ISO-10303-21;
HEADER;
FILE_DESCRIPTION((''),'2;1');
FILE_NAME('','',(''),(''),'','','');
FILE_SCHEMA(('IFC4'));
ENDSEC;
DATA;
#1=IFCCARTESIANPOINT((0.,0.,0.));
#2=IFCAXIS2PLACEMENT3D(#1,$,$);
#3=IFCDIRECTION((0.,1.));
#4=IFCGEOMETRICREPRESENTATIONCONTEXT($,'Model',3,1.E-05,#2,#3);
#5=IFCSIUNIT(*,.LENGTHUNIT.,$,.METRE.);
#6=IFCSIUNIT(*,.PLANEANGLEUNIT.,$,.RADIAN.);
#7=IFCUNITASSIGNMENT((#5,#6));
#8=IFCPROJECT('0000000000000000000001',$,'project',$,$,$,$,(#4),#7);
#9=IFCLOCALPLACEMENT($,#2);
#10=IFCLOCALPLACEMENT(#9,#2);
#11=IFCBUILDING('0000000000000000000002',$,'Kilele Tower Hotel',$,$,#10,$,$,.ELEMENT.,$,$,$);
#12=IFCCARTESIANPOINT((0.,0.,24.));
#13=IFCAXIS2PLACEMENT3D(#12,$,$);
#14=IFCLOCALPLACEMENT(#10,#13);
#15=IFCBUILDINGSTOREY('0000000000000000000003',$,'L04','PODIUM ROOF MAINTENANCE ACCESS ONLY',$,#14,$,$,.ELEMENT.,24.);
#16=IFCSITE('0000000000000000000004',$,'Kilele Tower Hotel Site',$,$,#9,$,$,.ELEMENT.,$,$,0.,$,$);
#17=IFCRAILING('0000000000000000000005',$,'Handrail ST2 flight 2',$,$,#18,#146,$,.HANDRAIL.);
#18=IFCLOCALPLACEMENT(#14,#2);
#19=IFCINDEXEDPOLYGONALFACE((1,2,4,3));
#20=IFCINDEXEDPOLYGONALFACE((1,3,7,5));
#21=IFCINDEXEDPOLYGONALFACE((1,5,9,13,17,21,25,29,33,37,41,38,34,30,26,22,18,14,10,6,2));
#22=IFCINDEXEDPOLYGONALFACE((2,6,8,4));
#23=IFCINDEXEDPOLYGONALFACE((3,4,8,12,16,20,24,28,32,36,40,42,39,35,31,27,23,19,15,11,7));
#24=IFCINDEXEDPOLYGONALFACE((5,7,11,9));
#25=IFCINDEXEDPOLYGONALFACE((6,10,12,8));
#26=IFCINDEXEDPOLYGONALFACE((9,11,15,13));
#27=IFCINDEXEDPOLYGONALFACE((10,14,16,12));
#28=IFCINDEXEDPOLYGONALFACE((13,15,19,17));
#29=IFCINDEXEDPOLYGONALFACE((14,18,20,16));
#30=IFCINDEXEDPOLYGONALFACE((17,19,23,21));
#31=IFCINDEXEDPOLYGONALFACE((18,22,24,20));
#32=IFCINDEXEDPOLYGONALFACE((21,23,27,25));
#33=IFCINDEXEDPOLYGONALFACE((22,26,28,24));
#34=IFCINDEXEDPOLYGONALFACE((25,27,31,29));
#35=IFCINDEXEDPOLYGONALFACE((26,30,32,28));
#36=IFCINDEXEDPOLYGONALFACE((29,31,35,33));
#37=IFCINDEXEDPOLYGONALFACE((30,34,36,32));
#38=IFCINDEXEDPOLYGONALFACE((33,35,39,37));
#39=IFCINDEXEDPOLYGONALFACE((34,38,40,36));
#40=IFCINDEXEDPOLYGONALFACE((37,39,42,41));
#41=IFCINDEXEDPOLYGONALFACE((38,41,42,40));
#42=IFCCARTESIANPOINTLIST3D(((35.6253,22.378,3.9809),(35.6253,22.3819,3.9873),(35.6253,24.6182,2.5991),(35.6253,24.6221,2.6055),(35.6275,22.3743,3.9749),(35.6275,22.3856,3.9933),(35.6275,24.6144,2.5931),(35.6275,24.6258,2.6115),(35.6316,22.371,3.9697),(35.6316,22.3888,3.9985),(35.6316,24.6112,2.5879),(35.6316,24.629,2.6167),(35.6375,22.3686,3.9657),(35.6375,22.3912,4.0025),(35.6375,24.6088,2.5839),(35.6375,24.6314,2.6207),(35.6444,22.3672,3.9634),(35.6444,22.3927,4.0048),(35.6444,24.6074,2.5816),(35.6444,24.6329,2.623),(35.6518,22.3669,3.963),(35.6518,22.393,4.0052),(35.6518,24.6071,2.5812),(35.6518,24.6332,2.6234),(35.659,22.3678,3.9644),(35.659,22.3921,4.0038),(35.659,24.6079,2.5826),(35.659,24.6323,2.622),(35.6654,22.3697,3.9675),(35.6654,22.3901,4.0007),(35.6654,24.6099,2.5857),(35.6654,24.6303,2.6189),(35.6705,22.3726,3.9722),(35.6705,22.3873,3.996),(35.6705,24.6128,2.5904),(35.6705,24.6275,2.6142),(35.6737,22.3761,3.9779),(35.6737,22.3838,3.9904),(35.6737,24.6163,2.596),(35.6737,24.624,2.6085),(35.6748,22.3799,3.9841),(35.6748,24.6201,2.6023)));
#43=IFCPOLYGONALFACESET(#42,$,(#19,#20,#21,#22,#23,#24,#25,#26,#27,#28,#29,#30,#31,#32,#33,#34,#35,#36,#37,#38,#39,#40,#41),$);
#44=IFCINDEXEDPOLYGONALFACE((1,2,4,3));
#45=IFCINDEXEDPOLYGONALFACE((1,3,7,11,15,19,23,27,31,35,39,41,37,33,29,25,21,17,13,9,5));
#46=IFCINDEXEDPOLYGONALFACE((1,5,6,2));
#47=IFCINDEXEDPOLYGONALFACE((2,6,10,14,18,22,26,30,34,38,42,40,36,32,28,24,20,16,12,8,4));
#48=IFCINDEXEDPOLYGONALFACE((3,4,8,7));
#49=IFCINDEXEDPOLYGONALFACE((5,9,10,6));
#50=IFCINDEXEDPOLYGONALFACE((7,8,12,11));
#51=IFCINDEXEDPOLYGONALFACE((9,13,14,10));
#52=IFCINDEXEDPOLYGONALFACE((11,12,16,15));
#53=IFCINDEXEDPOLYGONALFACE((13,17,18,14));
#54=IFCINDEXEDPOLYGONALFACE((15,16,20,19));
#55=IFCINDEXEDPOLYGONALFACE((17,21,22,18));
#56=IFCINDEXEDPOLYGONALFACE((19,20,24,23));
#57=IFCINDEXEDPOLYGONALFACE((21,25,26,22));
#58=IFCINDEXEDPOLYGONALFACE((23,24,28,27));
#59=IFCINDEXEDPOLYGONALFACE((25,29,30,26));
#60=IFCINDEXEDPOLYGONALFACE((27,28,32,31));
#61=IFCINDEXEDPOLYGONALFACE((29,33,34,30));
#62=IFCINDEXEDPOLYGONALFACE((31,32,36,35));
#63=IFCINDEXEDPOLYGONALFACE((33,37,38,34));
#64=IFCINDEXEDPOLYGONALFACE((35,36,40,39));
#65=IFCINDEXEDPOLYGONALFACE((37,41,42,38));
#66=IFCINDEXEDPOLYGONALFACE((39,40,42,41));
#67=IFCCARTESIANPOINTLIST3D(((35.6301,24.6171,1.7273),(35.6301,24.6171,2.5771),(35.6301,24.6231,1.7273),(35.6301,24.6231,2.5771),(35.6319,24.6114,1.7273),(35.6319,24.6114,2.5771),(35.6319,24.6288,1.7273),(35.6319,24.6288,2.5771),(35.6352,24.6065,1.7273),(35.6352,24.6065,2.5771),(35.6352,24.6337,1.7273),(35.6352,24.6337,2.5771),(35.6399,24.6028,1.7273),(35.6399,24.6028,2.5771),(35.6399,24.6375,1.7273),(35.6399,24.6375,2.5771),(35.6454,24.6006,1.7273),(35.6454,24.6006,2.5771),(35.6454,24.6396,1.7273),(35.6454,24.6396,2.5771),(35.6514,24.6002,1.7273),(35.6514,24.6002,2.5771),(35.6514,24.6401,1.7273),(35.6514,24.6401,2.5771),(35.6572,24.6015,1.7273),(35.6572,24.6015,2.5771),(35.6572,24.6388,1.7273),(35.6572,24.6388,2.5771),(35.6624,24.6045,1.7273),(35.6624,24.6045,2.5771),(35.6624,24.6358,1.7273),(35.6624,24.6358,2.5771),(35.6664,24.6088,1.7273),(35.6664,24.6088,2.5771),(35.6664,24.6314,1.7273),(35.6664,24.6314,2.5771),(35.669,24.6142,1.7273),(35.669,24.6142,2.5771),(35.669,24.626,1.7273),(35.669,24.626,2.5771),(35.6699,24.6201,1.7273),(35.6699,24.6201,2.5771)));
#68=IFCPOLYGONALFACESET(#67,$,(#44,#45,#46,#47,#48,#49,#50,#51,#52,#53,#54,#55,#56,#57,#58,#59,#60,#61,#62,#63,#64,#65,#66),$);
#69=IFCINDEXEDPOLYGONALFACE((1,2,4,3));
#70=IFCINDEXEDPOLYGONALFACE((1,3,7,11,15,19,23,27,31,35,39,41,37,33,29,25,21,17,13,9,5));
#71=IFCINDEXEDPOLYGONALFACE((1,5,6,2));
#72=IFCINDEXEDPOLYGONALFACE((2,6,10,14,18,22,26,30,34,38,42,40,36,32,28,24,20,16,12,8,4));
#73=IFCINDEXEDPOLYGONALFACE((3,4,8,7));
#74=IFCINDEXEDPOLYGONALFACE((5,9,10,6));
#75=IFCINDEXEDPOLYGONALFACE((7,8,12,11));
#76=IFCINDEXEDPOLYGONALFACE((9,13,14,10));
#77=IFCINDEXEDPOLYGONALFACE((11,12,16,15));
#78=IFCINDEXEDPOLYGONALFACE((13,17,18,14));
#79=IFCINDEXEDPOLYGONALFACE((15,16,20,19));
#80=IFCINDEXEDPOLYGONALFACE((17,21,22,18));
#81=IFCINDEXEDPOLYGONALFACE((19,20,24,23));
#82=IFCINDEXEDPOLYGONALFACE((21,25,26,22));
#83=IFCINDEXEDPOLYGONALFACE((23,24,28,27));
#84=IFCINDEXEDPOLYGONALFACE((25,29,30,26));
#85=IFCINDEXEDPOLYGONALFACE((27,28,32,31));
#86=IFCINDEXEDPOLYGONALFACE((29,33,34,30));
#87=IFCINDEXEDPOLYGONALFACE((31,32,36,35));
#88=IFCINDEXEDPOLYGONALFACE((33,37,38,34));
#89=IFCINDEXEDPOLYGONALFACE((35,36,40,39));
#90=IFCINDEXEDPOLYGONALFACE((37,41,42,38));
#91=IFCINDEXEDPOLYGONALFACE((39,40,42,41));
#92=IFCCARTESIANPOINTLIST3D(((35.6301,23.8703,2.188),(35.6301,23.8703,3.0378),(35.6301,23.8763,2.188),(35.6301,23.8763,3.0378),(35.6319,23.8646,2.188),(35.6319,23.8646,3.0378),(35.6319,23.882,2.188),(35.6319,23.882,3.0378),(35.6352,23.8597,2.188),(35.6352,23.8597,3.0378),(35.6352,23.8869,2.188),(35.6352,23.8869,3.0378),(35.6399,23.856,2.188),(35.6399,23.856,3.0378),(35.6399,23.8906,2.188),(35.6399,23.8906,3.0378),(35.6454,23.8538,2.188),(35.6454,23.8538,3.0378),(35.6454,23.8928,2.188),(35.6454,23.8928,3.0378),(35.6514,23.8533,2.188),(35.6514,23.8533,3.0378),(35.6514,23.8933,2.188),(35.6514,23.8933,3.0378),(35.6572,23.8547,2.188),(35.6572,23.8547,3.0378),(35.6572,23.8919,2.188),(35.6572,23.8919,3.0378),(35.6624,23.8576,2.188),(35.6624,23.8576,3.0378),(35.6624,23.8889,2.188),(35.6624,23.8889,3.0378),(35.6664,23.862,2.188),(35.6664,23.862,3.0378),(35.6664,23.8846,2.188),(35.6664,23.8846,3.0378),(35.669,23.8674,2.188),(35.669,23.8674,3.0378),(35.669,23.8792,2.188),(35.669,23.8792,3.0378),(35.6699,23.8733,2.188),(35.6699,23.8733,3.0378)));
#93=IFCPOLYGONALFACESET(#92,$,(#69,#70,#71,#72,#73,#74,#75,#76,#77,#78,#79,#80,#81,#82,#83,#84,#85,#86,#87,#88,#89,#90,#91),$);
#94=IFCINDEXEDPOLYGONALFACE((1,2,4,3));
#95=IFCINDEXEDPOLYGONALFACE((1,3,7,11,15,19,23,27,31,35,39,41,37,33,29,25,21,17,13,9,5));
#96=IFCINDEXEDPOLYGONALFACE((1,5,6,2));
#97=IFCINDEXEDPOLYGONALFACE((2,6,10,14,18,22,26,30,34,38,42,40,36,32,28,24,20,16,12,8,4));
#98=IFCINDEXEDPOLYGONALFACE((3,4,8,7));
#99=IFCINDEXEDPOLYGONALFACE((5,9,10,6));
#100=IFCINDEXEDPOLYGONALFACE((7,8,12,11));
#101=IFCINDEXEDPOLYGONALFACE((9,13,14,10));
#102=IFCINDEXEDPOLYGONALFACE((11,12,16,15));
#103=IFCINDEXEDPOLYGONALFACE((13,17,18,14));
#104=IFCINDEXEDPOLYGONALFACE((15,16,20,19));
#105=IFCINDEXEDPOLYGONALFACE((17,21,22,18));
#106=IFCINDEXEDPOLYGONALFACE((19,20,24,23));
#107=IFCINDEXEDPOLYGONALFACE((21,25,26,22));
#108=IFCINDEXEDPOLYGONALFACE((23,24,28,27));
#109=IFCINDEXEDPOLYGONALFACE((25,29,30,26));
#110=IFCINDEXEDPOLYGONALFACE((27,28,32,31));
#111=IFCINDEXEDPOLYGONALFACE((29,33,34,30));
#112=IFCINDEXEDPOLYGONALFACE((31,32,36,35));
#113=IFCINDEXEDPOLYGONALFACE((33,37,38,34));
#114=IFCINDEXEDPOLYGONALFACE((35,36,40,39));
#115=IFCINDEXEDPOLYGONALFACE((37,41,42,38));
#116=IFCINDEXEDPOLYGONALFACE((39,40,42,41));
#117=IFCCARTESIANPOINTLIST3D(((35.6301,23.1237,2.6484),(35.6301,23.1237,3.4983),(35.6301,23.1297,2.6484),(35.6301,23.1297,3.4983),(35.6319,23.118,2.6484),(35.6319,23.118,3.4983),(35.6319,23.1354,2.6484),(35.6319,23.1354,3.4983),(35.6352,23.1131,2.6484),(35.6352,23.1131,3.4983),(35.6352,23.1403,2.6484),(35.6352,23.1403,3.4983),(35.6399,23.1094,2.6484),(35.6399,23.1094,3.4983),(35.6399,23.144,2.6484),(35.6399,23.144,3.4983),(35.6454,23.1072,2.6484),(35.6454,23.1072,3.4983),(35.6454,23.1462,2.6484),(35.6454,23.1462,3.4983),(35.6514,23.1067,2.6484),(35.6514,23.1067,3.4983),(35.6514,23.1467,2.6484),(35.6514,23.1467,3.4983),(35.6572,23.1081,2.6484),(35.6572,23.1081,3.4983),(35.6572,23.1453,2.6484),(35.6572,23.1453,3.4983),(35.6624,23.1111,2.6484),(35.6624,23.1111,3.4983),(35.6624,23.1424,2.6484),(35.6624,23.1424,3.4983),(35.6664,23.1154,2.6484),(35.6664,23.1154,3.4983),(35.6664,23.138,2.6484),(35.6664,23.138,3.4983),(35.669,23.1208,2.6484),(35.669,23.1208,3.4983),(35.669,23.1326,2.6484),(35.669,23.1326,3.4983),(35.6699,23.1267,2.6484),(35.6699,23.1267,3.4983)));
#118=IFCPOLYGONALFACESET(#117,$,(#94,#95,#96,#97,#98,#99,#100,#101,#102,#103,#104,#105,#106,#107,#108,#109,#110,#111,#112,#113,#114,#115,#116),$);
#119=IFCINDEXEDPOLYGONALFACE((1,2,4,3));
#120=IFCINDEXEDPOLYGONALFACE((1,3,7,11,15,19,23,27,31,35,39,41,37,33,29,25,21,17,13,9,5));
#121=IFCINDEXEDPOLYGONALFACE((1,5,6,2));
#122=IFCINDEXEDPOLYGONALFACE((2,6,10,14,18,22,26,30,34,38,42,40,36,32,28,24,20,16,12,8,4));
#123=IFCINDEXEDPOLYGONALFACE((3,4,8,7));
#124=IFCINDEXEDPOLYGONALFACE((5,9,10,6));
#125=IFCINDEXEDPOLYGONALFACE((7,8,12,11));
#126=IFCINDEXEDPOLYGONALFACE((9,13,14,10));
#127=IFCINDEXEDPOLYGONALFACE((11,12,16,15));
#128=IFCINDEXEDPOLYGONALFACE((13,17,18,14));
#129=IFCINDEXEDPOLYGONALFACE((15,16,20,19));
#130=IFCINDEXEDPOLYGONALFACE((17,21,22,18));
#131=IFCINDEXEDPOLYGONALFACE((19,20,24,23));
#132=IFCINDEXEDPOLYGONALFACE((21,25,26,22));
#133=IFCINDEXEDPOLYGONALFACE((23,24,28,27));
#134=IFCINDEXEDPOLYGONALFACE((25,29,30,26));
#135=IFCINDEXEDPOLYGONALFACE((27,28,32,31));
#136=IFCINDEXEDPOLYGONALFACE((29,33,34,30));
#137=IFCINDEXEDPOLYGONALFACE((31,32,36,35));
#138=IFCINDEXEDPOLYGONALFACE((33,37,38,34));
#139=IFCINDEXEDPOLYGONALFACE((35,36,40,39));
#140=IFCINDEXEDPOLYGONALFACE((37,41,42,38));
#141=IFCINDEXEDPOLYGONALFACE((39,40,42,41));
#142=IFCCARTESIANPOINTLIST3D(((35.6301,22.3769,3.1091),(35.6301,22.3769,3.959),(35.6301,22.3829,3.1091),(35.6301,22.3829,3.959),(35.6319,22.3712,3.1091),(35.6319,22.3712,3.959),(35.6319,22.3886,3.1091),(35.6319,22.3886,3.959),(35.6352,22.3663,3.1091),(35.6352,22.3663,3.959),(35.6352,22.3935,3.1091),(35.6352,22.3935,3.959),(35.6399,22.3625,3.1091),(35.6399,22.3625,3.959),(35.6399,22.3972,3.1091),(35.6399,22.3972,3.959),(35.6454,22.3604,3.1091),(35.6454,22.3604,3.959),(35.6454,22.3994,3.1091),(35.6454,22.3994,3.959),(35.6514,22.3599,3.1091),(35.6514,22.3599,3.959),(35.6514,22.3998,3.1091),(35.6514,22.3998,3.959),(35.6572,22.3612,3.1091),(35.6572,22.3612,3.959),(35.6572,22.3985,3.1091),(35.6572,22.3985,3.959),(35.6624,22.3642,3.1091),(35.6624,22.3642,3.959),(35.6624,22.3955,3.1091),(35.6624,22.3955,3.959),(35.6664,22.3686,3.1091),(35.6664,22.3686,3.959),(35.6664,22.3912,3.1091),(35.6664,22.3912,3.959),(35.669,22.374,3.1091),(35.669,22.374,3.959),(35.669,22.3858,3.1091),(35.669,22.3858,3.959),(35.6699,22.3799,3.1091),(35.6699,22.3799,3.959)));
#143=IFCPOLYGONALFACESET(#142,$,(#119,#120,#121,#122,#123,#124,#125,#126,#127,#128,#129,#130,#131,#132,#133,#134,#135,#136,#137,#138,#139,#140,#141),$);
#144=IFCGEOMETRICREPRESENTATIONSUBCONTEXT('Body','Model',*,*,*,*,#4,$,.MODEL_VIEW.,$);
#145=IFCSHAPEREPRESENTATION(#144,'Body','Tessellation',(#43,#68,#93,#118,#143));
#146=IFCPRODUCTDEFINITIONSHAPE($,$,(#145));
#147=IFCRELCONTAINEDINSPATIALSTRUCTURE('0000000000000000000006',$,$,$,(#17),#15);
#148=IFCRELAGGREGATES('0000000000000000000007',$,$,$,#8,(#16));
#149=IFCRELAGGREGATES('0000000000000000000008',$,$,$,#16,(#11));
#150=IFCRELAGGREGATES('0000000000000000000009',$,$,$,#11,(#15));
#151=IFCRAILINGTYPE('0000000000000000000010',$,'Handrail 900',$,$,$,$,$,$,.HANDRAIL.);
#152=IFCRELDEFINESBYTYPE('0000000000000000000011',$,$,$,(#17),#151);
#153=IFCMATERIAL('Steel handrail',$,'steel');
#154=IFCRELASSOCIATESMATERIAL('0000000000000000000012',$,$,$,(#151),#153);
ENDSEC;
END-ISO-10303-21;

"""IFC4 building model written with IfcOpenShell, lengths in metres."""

from ifc_helpers import new_model, si_unit, direction, frame, origin, origin_2d, place, context, subcontext, project, spatial, circle, extrude, material, type_object, element, save


model = new_model("IFC4")

# Units and contexts
model_context = context("Model", 3, precision=1e-05, world=origin(), true_north=direction((0.0, 1.0)))
body_context = subcontext(model_context, "Body", "Model", "MODEL_VIEW")
ifc_project = project(units=[si_unit("LENGTHUNIT", "METRE"), si_unit("PLANEANGLEUNIT", "RADIAN")], contexts=[model_context])

# Site, building, storey
site_placement = place(None, origin())
site = spatial("IfcSite", under=ifc_project, at=site_placement, Name="Kilele Tower Hotel Site", CompositionType="ELEMENT", RefElevation=0.0)
building_placement = place(site_placement, origin())
building = spatial("IfcBuilding", under=site, at=building_placement, Name="Kilele Tower Hotel", CompositionType="ELEMENT")
storey_placement = place(building_placement, frame((0.0, 0.0, 24.0)))
storey = spatial("IfcBuildingStorey", under=building, at=storey_placement, Name="L04", Description="PODIUM ROOF MAINTENANCE ACCESS ONLY", CompositionType="ELEMENT", Elevation=24.0)

# Railing
ifc_material_1 = material(Name="Steel handrail", Category="steel")
railing_type_1 = type_object("IfcRailingType", Name="Handrail 900", PredefinedType="HANDRAIL", material=ifc_material_1)
for number, where, name in (
    (1, (35.6499, 24.6201, 1.7273), "Handrail ST2 flight 2"),
):
    element("IfcRailing", number, at=place(storey_placement, frame(where)), inside=storey, type_object=railing_type_1, Name=name, PredefinedType="HANDRAIL", context=body_context, shape_type="SweptSolid", body=[
        extrude(circle(Radius=0.0249, at=origin_2d()), frame((0.0, 0.0, 0.875), z_axis=(0.0, -0.85111, 0.524987), x_axis=(1.0, 0.0, 0.0)), (0.0, 0.0, 1.0), 2.6321),
        extrude(circle(Radius=0.02, at=origin_2d()), origin(), (0.0, 0.0, 1.0), 0.8499),
        extrude(circle(Radius=0.02, at=origin_2d()), frame((0.0, -0.7468, 0.4607)), (0.0, 0.0, 1.0), 0.8499),
        extrude(circle(Radius=0.02, at=origin_2d()), frame((0.0, -1.4934, 0.9211)), (0.0, 0.0, 1.0), 0.8499),
        extrude(circle(Radius=0.02, at=origin_2d()), frame((0.0, -2.2402, 1.3818)), (0.0, 0.0, 1.0), 0.8499),
    ])

save(model, "model.ifc")
